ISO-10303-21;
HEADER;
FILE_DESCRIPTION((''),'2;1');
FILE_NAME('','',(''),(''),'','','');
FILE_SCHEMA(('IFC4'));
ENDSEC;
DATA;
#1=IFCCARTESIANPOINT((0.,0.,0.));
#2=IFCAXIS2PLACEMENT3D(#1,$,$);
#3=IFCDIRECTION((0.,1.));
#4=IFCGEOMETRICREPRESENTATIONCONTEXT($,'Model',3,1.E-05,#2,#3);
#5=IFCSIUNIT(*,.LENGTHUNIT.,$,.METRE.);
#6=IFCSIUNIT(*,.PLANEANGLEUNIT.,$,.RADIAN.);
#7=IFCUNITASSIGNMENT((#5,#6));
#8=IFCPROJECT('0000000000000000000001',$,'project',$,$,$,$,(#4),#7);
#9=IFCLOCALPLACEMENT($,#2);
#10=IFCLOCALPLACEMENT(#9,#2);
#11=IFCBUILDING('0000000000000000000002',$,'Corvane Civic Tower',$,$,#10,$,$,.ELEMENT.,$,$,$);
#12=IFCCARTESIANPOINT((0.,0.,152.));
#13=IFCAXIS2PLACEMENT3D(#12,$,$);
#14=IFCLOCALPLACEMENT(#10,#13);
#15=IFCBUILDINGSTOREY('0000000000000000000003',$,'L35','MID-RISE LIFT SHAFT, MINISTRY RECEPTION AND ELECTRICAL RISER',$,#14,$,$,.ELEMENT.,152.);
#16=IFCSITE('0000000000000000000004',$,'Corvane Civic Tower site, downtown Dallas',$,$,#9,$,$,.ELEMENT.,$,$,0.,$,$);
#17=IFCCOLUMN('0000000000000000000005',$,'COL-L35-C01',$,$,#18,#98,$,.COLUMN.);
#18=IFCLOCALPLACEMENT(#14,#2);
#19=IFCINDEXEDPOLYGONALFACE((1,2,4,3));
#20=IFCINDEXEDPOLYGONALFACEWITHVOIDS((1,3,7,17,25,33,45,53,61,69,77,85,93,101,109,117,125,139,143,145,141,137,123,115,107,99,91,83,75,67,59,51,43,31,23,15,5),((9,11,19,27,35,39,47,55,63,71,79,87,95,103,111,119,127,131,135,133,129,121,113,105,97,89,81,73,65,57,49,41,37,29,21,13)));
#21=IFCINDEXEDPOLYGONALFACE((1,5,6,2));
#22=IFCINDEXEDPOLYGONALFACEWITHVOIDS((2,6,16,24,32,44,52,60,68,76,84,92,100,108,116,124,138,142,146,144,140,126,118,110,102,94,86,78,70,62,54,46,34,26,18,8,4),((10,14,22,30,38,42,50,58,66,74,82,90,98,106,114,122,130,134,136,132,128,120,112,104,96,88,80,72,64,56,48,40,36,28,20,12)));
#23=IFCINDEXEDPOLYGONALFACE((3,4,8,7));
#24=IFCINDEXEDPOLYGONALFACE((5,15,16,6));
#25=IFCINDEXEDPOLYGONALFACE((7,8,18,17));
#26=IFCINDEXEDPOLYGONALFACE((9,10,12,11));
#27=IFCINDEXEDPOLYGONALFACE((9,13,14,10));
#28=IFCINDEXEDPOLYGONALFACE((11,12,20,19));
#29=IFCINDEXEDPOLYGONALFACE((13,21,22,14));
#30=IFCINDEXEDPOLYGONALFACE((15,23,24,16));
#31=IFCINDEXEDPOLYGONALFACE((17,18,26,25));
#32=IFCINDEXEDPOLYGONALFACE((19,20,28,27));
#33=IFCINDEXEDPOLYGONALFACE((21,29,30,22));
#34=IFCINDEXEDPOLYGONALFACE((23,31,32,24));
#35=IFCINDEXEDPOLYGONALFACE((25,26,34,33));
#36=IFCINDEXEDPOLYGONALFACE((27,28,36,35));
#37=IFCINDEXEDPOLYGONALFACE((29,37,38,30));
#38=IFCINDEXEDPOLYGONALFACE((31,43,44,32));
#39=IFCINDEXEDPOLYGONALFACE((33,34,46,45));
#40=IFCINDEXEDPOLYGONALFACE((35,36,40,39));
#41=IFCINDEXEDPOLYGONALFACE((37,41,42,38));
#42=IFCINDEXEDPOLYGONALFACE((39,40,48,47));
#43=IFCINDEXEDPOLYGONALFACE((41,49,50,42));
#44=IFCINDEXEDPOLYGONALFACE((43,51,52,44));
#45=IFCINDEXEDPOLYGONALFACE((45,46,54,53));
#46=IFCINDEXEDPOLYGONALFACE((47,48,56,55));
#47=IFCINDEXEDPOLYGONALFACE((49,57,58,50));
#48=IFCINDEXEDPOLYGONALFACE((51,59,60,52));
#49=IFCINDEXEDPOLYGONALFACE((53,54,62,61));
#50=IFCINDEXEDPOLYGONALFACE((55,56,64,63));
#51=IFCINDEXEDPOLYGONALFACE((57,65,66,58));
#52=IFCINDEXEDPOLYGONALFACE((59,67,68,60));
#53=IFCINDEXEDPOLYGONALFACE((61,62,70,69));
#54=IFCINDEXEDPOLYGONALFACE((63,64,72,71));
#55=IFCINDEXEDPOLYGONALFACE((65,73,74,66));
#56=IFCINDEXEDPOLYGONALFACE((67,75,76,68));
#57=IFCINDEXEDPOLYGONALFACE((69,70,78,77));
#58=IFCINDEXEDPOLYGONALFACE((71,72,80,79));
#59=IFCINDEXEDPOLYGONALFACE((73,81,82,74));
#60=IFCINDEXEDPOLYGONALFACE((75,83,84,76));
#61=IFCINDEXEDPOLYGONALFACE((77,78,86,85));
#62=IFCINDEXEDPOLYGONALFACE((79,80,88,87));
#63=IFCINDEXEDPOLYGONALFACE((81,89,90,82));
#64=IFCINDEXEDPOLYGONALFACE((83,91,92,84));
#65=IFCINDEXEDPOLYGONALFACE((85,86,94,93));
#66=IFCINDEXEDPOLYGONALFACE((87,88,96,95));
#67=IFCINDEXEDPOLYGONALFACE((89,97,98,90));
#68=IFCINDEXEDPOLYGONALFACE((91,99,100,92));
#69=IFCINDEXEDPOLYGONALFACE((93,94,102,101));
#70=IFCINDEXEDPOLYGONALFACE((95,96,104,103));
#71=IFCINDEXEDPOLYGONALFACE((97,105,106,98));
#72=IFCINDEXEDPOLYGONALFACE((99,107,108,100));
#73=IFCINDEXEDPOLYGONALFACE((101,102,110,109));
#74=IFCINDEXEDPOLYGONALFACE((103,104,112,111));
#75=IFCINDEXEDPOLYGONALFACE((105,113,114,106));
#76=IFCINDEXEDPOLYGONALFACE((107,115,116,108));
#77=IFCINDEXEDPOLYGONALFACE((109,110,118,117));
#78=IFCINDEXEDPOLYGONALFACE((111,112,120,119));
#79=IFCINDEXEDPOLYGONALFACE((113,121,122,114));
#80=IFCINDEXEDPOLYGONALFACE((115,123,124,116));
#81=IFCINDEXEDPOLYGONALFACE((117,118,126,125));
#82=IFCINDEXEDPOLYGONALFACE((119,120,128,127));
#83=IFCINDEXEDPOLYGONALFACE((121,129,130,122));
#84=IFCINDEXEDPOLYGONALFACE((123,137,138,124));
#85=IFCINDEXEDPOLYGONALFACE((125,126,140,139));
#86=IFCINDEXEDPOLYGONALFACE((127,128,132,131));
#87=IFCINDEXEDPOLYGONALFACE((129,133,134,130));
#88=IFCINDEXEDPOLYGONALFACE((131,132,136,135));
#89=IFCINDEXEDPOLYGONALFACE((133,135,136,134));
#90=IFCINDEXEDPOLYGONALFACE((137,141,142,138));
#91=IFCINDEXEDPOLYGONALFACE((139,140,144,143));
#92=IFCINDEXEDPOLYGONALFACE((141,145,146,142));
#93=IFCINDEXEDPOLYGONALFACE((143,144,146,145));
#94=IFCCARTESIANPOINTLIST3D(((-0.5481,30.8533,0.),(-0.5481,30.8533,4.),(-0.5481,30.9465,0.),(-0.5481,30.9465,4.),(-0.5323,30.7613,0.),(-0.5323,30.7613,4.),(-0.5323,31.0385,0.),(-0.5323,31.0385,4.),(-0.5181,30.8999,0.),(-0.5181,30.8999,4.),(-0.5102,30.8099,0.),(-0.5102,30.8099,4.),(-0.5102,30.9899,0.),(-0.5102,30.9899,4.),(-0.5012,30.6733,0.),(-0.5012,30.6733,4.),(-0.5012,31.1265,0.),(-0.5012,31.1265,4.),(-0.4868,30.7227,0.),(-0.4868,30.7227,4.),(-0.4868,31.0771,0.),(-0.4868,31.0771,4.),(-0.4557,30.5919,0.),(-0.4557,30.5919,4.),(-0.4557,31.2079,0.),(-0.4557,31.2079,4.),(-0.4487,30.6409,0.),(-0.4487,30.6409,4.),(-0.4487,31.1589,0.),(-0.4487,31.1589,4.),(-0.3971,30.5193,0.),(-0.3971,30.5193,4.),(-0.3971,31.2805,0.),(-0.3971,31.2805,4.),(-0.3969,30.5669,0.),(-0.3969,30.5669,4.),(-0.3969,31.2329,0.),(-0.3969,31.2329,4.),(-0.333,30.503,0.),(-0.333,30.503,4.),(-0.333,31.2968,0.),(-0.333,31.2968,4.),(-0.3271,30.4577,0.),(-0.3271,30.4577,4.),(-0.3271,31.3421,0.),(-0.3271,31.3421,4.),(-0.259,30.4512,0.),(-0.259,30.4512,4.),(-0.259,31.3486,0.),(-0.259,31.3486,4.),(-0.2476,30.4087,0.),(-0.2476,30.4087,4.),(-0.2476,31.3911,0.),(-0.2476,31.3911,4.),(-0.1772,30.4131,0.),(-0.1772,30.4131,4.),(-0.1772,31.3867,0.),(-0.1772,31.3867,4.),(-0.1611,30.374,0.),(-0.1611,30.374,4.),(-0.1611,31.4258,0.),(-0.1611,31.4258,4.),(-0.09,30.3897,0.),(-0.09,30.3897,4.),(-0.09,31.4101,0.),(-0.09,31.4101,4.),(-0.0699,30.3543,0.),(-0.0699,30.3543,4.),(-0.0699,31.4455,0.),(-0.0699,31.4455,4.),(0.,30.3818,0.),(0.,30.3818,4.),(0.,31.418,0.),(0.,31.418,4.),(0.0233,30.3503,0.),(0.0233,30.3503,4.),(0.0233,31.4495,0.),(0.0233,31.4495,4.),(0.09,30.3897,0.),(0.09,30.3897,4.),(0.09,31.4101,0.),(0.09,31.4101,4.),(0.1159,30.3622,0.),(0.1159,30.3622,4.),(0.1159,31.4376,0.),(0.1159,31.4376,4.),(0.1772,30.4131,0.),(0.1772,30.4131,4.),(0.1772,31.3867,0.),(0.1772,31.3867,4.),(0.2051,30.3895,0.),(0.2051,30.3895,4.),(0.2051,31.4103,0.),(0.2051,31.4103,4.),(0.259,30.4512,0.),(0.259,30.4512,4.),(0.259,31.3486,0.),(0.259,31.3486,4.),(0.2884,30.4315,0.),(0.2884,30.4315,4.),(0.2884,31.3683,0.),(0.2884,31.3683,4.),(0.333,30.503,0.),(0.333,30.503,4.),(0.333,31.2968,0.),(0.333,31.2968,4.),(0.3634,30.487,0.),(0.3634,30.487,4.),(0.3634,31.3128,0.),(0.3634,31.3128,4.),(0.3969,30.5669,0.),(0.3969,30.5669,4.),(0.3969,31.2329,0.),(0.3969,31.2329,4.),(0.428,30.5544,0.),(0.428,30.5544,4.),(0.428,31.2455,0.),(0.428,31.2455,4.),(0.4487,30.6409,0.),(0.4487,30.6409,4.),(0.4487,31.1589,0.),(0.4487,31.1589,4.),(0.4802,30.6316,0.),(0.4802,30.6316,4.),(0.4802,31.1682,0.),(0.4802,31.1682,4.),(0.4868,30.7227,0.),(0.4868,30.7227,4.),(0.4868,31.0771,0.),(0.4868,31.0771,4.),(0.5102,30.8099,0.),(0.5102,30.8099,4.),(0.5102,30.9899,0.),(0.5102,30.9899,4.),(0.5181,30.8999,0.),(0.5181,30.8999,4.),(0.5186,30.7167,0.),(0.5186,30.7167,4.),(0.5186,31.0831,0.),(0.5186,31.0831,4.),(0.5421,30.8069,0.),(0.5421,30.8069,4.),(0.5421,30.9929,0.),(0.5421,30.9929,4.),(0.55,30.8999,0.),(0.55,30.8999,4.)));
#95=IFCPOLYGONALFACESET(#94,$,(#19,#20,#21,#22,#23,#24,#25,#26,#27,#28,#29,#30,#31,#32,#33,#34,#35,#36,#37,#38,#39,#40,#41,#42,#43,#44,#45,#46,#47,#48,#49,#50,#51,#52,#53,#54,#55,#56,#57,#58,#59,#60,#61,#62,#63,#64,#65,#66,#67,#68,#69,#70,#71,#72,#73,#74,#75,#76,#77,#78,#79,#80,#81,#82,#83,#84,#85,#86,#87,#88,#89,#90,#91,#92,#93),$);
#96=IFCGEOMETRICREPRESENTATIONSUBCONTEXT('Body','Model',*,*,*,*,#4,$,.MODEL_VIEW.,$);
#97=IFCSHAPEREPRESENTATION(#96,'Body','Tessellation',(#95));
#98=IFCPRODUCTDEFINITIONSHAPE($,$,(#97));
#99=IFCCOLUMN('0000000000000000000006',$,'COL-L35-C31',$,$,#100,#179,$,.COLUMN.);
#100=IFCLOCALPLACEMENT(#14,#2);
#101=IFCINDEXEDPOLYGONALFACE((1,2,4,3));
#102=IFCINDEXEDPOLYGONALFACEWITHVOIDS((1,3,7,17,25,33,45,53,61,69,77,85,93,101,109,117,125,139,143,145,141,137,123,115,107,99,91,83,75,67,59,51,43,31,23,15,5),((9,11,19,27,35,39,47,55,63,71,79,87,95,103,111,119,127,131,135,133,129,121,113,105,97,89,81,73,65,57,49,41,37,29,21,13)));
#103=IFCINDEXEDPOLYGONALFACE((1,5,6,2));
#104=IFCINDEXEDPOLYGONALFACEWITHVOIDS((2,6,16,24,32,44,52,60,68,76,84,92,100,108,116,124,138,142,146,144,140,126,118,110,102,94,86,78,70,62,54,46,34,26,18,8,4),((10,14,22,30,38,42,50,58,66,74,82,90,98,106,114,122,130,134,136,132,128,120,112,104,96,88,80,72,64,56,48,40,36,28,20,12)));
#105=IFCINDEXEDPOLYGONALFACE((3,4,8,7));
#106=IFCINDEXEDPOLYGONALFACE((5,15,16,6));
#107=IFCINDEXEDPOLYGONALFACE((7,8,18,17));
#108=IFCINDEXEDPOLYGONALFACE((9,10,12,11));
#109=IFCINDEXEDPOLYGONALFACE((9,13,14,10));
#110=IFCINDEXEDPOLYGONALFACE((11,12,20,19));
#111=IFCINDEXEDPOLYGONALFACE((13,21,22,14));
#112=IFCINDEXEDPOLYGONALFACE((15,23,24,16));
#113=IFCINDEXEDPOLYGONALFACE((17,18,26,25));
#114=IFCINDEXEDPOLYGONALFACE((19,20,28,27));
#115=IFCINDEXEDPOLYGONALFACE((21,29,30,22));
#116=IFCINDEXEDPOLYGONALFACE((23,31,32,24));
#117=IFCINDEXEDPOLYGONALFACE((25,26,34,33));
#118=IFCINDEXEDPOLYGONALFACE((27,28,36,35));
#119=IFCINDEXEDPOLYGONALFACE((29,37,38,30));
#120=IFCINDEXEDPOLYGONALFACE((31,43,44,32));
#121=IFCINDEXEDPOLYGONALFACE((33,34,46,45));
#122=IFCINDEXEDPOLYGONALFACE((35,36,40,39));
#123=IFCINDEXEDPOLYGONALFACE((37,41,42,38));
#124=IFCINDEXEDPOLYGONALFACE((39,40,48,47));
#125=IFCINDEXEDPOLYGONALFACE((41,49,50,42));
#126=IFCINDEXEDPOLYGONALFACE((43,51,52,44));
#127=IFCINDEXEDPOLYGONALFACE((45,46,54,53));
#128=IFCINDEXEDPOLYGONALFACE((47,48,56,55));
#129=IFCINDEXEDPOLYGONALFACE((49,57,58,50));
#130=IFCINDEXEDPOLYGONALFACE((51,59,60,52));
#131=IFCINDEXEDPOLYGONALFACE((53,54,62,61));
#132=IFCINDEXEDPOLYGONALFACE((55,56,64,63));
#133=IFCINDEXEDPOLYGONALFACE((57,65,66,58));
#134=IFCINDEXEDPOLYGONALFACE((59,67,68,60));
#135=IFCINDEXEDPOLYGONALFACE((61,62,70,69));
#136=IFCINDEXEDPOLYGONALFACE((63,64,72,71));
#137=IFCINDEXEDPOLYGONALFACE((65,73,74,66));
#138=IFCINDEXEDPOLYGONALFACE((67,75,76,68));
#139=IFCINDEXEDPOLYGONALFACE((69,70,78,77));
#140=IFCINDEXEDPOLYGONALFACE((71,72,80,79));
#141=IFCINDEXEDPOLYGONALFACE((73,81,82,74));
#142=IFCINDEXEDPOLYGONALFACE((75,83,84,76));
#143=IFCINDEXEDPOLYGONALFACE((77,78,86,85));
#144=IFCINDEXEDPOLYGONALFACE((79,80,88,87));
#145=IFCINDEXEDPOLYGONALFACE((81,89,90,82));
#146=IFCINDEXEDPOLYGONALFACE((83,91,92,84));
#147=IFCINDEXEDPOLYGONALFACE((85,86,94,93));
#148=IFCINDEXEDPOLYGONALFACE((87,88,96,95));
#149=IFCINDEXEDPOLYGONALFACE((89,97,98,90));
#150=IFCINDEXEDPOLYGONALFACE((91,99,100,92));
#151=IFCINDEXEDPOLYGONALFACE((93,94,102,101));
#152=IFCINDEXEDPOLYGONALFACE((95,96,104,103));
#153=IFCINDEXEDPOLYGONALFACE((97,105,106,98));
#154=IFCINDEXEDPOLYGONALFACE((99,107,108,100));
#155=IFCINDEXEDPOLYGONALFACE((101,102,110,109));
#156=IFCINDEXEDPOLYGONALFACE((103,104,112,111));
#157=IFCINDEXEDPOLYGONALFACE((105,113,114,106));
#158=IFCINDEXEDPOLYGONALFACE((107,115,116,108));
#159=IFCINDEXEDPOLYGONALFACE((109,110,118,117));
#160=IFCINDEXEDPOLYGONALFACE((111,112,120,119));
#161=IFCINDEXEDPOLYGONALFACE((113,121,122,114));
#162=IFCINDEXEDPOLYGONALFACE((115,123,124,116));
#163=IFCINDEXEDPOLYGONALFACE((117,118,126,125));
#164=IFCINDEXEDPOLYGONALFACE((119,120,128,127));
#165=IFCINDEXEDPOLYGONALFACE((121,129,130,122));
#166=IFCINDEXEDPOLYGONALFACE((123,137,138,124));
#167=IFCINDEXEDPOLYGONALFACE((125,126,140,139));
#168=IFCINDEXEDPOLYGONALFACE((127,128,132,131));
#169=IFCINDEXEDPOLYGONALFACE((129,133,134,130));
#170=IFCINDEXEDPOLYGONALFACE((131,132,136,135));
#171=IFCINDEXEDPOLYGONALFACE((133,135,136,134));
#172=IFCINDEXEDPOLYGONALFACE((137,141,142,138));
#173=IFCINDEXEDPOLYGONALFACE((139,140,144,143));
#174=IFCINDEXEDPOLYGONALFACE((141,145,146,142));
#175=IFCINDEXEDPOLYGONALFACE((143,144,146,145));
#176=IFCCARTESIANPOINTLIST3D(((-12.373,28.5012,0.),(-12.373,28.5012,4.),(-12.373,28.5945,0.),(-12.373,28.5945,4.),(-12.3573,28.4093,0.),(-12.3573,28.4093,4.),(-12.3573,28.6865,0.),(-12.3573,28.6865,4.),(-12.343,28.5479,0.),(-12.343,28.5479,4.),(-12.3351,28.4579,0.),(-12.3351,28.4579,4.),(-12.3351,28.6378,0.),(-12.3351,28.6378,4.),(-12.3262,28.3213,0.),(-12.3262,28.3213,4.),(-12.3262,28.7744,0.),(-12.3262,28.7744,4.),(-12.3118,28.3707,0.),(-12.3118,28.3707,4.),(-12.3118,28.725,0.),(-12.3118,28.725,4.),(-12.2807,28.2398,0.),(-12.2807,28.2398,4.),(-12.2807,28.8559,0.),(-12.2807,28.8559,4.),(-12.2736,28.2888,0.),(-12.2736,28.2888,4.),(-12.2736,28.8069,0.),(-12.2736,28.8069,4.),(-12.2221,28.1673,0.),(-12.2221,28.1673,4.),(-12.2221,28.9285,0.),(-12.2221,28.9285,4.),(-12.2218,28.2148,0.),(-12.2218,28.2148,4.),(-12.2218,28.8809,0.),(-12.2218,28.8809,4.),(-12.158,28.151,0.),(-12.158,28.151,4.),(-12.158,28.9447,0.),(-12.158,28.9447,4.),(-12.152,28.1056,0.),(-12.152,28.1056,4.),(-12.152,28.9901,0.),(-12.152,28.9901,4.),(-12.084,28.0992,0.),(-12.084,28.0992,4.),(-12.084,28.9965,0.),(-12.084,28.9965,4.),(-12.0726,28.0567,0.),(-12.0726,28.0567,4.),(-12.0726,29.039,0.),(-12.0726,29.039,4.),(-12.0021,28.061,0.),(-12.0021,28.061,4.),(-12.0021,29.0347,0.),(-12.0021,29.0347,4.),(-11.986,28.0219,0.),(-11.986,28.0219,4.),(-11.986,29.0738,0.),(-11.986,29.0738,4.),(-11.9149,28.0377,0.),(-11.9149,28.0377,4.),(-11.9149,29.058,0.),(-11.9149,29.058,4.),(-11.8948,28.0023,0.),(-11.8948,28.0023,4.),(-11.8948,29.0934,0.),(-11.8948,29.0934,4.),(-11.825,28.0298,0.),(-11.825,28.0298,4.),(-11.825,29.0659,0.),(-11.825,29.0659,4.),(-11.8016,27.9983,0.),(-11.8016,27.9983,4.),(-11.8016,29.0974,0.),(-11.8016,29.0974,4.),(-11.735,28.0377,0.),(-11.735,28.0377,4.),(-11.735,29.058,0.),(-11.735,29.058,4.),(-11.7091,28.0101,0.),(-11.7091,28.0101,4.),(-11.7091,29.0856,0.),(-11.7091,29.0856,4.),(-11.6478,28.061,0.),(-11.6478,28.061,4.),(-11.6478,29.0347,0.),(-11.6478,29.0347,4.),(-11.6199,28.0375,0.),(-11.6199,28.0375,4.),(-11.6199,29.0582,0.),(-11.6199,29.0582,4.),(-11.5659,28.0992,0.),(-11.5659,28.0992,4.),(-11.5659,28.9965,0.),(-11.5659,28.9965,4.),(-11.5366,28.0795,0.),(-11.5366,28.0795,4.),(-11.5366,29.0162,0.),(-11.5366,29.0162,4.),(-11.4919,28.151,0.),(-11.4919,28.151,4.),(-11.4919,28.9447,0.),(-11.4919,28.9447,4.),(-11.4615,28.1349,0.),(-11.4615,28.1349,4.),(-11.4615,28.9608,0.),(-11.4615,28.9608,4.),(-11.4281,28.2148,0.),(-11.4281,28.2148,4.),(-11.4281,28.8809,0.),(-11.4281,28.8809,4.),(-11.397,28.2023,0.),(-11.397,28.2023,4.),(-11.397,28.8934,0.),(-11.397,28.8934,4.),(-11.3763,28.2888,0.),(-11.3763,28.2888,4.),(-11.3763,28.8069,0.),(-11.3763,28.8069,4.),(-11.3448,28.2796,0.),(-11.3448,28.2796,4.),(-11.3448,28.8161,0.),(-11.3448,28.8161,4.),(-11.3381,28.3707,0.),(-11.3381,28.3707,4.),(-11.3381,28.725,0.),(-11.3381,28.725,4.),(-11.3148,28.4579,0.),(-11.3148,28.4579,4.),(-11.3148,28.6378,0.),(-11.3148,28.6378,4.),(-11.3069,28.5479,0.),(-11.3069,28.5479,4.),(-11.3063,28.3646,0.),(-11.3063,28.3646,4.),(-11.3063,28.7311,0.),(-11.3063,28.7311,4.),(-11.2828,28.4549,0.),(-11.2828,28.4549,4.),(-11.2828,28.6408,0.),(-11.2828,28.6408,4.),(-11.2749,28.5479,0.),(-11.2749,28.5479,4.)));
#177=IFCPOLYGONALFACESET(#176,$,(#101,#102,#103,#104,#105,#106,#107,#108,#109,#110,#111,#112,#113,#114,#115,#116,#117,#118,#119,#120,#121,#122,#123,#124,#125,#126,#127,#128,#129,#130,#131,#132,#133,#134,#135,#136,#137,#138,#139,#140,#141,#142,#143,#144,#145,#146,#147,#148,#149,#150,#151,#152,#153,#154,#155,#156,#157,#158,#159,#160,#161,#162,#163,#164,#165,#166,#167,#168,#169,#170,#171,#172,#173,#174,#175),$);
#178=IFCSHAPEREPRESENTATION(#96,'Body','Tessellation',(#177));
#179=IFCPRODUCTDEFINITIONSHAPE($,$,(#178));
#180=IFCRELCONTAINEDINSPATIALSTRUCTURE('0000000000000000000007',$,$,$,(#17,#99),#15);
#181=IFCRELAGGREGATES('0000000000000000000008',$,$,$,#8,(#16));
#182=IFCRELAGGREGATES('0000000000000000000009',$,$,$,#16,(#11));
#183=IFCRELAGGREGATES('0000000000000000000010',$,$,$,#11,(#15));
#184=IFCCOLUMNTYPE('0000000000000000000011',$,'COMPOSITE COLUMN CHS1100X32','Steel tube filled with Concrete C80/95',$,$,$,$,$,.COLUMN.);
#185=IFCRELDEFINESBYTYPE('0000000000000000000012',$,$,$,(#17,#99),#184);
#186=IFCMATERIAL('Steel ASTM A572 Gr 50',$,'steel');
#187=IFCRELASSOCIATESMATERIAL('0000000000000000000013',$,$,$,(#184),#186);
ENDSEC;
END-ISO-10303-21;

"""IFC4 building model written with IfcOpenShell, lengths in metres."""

from ifc_helpers import new_model, si_unit, direction, frame, origin, origin_2d, place, context, subcontext, project, spatial, hollow_circle, extrude, material, material_profile, profile_set, type_object, element, save


model = new_model("IFC4")

# Units and contexts
model_context = context("Model", 3, precision=1e-05, world=origin(), true_north=direction((0.0, 1.0)))
body_context = subcontext(model_context, "Body", "Model", "MODEL_VIEW")
ifc_project = project(units=[si_unit("LENGTHUNIT", "METRE"), si_unit("PLANEANGLEUNIT", "RADIAN")], contexts=[model_context])

# Site, building, storey
site_placement = place(None, origin())
site = spatial("IfcSite", under=ifc_project, at=site_placement, Name="Corvane Civic Tower site, downtown Dallas", CompositionType="ELEMENT", RefElevation=0.0)
building_placement = place(site_placement, origin())
building = spatial("IfcBuilding", under=site, at=building_placement, Name="Corvane Civic Tower", CompositionType="ELEMENT")
storey_placement = place(building_placement, frame((0.0, 0.0, 152.0)))
storey = spatial("IfcBuildingStorey", under=building, at=storey_placement, Name="L35", Description="MID-RISE LIFT SHAFT, MINISTRY RECEPTION AND ELECTRICAL RISER", CompositionType="ELEMENT", Elevation=152.0)

# Columns
ifc_material_1 = material(Name="Steel ASTM A572 Gr 50", Category="steel")
ifc_material_profile_1 = material_profile(ifc_material_1, hollow_circle(Radius=0.55, WallThickness=0.032, at=origin_2d()), Name="CHS1100X32")
ifc_profile_set_1 = profile_set([ifc_material_profile_1], Name="Steel ASTM A572 Gr 50")
column_type = type_object("IfcColumnType", Name="COMPOSITE COLUMN CHS1100X32", Description="Steel tube filled with Concrete C80/95", PredefinedType="COLUMN", material=ifc_profile_set_1)
for number, where, z_axis, x_axis, name in (
    (1, (0.0, 30.8999, 0.0), (0.0, 0.0, 1.0), (1.0, 0.0, 0.0), "COL-L35-C01"),
    (2, (-11.825, 28.5479, 0.0), (0.0, 0.0, 1.0), (1.0, 0.0, 0.0), "COL-L35-C31"),
):
    element("IfcColumn", number, at=place(storey_placement, frame(where, z_axis=z_axis, x_axis=x_axis)), inside=storey, type_object=column_type, Name=name, PredefinedType="COLUMN", context=body_context, shape_type="SweptSolid", body=[
        extrude(hollow_circle(Radius=0.55, WallThickness=0.032, at=origin_2d()), origin(), (0.0, 0.0, 1.0), 4.0),
    ])

save(model, "model.ifc")
